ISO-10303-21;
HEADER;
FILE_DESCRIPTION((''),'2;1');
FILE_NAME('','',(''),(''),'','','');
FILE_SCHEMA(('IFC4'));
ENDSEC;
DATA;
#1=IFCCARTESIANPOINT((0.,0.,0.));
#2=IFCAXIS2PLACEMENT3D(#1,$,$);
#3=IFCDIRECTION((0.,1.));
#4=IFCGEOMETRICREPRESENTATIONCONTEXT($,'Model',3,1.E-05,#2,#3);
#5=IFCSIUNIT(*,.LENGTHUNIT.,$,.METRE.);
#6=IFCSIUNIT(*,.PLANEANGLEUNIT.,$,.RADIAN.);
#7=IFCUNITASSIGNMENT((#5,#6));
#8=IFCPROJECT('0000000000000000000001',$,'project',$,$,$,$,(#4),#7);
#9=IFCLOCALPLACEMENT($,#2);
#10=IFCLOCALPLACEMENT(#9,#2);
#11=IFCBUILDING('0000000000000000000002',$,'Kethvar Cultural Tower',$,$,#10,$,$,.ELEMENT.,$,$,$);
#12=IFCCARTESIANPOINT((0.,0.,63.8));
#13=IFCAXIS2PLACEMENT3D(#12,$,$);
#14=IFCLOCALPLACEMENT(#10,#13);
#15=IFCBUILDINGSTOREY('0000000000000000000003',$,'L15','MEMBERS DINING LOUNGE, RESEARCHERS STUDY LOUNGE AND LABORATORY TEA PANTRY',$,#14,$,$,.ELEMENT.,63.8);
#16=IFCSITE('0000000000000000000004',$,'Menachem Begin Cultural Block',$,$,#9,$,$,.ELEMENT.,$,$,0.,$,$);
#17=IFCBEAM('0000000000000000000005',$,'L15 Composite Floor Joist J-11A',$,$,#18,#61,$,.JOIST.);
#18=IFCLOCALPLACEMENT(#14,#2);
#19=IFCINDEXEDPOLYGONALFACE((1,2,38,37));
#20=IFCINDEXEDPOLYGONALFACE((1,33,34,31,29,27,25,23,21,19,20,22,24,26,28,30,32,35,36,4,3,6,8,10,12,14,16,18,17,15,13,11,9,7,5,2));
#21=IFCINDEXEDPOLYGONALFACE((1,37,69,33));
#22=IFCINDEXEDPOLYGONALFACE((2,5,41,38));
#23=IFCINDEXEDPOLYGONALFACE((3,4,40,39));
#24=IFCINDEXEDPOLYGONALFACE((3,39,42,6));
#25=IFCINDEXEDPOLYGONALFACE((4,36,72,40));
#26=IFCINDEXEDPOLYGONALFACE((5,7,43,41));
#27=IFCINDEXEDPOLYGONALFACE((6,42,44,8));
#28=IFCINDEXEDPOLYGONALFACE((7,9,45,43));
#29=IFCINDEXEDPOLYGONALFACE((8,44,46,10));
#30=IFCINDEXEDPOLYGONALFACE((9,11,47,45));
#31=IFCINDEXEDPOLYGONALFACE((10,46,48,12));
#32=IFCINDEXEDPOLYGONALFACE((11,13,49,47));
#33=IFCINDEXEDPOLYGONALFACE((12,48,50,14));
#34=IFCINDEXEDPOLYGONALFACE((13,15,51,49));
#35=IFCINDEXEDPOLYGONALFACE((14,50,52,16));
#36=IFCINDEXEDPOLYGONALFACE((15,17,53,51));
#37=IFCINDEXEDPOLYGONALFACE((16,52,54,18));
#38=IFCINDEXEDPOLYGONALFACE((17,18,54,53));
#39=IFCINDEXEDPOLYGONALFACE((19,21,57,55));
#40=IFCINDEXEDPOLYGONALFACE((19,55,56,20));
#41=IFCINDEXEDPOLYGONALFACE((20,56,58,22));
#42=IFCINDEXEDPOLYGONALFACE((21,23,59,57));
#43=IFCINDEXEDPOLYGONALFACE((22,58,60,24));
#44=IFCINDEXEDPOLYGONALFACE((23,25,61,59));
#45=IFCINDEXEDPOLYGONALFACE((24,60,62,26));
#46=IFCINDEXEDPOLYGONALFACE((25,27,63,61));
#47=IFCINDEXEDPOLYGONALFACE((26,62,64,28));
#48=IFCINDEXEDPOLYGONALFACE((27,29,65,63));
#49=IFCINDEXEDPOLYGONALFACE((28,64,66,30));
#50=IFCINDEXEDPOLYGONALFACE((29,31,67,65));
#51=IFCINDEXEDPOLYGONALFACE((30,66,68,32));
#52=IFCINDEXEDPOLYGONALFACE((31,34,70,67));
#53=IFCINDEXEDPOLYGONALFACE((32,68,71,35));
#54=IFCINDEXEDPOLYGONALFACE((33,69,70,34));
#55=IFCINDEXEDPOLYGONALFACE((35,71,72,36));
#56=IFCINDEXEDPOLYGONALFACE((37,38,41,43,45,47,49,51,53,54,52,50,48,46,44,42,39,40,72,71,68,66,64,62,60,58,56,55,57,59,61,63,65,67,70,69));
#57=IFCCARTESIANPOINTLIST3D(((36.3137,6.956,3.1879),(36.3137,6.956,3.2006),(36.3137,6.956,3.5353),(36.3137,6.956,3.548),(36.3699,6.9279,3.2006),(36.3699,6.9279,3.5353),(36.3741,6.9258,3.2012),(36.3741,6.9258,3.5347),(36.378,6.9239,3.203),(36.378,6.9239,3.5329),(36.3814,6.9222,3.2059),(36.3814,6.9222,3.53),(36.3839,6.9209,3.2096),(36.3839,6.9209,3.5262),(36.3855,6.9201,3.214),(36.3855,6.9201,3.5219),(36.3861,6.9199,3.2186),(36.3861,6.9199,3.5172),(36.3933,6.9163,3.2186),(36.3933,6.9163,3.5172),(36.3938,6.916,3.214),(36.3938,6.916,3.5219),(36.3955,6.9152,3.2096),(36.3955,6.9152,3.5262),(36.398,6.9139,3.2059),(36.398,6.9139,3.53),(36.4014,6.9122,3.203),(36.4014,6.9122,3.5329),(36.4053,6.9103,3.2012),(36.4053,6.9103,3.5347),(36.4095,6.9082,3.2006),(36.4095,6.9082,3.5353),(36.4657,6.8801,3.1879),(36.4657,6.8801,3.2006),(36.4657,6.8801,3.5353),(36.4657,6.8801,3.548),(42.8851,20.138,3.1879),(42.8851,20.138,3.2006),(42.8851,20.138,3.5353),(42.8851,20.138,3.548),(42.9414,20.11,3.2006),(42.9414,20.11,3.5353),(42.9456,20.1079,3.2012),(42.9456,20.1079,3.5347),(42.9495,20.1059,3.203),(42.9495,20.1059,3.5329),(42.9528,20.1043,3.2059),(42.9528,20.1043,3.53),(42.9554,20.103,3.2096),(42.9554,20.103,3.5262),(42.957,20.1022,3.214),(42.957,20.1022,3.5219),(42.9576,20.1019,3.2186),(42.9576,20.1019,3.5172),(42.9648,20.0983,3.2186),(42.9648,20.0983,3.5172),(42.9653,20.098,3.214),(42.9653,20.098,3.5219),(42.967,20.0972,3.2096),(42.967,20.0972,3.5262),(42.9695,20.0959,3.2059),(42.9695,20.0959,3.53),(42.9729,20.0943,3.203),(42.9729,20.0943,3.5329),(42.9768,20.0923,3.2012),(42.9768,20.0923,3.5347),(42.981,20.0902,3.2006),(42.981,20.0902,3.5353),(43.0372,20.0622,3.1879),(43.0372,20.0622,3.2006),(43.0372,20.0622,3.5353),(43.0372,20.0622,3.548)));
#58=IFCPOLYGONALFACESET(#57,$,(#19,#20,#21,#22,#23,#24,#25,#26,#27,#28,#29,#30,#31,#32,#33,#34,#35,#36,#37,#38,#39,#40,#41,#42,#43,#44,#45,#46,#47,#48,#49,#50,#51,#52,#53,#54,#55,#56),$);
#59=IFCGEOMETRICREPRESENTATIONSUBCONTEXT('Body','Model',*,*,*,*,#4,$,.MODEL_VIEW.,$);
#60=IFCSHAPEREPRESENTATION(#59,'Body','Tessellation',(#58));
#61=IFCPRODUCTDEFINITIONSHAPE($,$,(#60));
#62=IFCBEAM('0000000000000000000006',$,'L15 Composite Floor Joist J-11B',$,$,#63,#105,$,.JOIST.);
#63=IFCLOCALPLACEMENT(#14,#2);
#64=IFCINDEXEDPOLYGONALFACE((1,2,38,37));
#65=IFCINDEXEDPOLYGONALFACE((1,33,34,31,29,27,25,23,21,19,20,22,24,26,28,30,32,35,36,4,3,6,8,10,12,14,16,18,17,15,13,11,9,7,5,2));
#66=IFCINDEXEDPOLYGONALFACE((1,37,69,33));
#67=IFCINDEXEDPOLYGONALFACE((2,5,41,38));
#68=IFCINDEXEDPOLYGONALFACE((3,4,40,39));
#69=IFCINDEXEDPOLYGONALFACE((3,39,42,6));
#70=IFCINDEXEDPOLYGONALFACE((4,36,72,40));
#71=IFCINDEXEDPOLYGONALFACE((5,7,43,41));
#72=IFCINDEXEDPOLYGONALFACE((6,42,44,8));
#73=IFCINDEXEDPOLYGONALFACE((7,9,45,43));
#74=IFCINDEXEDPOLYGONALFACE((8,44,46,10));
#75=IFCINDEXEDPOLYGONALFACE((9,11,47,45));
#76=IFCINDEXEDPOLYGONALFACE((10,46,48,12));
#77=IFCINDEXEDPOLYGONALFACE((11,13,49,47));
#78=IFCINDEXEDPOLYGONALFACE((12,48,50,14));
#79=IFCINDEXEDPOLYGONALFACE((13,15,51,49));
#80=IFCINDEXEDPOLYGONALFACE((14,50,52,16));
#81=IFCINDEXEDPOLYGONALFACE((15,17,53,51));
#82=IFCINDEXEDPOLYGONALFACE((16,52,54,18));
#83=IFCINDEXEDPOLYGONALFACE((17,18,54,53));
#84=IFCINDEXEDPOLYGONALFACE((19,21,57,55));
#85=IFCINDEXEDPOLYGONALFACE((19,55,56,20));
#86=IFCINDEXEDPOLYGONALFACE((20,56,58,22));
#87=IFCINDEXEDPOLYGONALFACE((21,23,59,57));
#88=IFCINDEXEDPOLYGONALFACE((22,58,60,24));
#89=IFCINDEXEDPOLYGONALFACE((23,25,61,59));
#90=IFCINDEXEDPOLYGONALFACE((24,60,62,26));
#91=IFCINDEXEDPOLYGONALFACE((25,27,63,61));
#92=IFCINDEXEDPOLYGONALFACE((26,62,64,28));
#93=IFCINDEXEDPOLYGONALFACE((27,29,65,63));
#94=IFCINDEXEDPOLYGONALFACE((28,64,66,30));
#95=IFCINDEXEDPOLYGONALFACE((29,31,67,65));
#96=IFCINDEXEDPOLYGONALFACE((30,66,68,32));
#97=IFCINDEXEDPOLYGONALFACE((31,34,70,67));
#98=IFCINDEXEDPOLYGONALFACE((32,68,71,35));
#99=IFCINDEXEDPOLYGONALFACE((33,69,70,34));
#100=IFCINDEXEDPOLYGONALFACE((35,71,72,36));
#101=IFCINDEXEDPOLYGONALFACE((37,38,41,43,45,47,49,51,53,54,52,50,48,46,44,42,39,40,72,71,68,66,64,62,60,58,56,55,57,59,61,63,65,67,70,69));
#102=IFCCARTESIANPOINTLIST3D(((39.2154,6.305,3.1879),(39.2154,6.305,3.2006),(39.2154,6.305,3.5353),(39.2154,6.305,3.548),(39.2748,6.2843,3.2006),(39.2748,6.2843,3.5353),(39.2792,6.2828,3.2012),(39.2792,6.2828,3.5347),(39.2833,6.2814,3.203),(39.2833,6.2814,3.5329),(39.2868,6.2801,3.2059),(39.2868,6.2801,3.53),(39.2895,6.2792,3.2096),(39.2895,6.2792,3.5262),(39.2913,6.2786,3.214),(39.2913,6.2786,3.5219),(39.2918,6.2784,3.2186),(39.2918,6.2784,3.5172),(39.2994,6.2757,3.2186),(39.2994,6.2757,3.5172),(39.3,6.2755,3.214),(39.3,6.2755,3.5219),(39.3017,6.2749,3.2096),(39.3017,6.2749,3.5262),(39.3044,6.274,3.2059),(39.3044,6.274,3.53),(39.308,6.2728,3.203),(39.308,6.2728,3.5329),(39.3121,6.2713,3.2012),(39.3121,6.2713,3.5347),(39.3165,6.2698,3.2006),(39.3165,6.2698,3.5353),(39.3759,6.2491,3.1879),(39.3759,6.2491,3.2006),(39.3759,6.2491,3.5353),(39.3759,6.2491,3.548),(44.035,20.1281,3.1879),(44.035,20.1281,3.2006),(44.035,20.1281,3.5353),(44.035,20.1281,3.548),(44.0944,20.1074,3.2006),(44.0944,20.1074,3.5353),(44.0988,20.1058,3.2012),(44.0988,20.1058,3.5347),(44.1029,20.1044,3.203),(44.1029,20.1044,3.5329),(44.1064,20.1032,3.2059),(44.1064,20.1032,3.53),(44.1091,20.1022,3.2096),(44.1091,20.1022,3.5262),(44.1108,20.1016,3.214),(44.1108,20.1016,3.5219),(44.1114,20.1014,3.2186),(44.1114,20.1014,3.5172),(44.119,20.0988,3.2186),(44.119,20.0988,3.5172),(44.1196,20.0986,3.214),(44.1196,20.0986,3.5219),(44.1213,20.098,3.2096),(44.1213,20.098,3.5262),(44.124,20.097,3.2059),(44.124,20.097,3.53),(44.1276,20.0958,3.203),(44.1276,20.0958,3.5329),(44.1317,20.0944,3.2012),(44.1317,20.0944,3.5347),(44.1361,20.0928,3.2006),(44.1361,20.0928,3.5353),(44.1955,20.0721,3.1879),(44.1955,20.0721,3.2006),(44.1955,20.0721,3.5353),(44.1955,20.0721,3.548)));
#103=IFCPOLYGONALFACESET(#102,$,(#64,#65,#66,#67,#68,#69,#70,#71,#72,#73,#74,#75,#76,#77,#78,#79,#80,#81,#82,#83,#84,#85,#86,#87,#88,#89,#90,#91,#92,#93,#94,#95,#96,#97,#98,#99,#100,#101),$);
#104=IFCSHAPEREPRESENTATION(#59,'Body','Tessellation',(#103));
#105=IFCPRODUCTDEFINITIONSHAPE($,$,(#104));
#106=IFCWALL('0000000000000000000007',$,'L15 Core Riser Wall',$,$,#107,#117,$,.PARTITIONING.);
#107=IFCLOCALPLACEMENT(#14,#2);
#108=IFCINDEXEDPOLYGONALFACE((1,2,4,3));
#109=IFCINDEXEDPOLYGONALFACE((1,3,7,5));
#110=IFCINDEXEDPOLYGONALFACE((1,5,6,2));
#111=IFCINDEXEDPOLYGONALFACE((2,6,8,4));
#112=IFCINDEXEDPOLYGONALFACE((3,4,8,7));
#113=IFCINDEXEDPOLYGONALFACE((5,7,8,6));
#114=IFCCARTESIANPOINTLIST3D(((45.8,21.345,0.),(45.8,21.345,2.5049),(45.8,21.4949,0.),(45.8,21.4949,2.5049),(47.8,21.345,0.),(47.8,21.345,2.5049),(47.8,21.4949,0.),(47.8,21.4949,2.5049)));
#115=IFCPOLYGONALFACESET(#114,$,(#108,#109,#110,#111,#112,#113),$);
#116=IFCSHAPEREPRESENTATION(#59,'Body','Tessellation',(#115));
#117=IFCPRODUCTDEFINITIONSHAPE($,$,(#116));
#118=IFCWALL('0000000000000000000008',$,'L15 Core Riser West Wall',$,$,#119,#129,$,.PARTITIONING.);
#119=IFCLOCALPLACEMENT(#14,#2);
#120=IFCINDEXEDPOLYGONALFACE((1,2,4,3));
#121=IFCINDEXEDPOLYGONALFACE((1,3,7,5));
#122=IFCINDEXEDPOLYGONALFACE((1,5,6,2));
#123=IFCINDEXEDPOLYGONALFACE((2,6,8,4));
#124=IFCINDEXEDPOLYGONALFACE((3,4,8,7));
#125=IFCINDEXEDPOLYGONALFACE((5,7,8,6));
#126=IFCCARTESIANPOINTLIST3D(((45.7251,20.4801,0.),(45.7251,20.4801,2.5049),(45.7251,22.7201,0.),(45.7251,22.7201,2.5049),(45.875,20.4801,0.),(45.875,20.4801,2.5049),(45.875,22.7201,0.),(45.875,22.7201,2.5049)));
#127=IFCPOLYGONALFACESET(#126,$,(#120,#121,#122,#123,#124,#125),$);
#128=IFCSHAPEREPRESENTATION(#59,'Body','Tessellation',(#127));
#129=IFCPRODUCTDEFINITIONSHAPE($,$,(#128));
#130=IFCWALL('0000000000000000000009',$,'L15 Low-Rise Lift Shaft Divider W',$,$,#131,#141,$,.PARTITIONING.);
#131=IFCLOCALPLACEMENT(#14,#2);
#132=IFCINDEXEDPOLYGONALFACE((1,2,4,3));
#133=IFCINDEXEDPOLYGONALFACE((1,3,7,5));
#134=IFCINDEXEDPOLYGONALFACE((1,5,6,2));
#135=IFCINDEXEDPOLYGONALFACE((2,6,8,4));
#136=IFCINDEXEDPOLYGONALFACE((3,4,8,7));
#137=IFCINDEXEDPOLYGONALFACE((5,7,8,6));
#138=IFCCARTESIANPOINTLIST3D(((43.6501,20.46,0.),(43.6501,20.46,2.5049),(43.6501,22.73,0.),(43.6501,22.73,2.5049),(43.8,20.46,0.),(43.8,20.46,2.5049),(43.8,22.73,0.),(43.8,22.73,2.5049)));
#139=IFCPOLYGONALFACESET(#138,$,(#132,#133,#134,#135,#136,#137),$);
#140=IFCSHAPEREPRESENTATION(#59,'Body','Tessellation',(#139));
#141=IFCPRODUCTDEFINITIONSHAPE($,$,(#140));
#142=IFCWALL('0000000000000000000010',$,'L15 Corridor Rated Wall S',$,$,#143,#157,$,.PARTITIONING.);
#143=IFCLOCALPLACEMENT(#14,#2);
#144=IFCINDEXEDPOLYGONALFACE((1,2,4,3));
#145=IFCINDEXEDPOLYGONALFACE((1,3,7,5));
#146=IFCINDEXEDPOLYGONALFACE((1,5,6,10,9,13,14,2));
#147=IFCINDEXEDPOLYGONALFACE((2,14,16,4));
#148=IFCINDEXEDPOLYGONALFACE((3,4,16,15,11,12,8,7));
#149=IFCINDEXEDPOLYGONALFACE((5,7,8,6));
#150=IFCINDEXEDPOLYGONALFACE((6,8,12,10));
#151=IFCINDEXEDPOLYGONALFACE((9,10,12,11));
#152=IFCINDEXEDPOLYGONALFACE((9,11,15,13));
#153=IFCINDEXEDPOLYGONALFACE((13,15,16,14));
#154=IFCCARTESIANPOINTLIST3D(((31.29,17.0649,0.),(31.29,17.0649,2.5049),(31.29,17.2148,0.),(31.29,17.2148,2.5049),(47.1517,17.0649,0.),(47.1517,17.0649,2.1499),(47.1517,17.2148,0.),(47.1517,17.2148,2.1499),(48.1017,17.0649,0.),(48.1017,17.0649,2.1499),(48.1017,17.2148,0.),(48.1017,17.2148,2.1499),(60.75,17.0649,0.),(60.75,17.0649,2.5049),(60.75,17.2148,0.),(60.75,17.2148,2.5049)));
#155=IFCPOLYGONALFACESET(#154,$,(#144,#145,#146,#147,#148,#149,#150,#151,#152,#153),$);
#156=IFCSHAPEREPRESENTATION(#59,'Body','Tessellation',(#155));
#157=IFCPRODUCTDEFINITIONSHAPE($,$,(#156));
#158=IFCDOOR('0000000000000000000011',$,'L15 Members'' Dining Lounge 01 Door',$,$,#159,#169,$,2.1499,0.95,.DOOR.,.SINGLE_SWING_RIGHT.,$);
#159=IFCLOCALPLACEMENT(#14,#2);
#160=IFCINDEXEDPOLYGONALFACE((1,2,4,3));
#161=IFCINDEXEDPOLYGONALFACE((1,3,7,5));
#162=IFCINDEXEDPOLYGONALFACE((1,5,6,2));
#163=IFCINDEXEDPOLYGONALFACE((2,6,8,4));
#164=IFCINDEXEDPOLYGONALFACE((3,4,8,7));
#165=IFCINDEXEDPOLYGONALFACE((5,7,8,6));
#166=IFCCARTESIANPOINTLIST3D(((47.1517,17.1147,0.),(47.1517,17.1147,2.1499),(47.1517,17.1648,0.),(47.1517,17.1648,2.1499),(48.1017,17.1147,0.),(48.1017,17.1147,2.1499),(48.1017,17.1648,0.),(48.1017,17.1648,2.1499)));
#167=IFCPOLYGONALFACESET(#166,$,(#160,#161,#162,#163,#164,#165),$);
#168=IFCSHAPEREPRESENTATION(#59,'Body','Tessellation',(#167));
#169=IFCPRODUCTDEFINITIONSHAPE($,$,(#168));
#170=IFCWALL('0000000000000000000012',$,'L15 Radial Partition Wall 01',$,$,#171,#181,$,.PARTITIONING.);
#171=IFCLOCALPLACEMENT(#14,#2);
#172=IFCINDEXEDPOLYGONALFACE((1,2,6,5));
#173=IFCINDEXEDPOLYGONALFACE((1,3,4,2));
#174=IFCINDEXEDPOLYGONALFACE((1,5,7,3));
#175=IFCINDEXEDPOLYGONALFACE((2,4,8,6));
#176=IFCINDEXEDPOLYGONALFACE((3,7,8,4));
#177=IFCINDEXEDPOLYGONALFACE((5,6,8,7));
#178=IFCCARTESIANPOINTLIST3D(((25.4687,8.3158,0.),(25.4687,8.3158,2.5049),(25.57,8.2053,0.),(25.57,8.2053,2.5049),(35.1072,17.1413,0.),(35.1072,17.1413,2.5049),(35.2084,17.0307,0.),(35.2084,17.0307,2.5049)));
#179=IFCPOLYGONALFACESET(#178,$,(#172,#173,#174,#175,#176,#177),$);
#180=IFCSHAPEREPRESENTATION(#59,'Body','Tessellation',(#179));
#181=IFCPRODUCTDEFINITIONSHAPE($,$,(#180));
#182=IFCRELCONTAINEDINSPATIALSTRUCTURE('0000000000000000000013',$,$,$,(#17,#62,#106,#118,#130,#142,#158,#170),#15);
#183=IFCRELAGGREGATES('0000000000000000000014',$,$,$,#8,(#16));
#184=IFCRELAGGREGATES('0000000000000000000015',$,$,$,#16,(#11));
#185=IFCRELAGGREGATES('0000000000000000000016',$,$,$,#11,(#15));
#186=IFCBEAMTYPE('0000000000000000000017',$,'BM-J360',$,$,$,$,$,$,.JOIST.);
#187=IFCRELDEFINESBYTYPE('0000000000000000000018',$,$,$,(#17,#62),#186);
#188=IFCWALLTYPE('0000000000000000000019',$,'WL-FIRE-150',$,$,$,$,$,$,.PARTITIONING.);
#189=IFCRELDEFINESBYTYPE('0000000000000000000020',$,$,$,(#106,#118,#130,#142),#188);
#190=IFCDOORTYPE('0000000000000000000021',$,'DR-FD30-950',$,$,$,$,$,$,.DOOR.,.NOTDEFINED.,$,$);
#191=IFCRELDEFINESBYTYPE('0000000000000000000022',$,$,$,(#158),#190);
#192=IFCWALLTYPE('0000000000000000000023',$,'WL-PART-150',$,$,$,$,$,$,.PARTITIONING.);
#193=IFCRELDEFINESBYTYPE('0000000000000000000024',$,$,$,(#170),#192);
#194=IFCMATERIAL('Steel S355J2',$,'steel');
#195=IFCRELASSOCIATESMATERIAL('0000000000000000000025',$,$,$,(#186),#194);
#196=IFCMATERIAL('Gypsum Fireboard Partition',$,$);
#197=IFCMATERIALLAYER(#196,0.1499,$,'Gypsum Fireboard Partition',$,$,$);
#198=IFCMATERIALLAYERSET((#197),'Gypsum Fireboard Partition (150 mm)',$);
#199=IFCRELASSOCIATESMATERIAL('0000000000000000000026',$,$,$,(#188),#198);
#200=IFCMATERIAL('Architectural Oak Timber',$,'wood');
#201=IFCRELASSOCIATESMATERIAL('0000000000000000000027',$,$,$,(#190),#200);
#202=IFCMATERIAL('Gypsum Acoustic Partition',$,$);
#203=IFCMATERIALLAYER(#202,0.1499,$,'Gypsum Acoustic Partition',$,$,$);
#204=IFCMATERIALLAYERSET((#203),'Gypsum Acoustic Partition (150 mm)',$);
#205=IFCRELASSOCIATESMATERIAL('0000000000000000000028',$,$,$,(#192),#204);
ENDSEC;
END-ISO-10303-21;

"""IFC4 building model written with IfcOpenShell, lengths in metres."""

from ifc_helpers import new_model, si_unit, direction, frame, frame_2d, origin, origin_2d, place, context, subcontext, project, spatial, rectangle, i_section, extrude, source, transform, mapped, material, layer, layer_set, material_profile, profile_set, type_object, element, fill, save


model = new_model("IFC4")

# Units and contexts
model_context = context("Model", 3, precision=1e-05, world=origin(), true_north=direction((0.0, 1.0)))
body_context = subcontext(model_context, "Body", "Model", "MODEL_VIEW")
ifc_project = project(units=[si_unit("LENGTHUNIT", "METRE"), si_unit("PLANEANGLEUNIT", "RADIAN")], contexts=[model_context])

# Site, building, storey
site_placement = place(None, origin())
site = spatial("IfcSite", under=ifc_project, at=site_placement, Name="Menachem Begin Cultural Block", CompositionType="ELEMENT", RefElevation=0.0)
building_placement = place(site_placement, origin())
building = spatial("IfcBuilding", under=site, at=building_placement, Name="Kethvar Cultural Tower", CompositionType="ELEMENT")
storey_placement = place(building_placement, frame((0.0, 0.0, 63.8)))
storey = spatial("IfcBuildingStorey", under=building, at=storey_placement, Name="L15", Description="MEMBERS DINING LOUNGE, RESEARCHERS STUDY LOUNGE AND LABORATORY TEA PANTRY", CompositionType="ELEMENT", Elevation=63.8)

# Beams
ifc_material_1 = material(Name="Steel S355J2", Category="steel")
ifc_material_profile_1 = material_profile(ifc_material_1, i_section(OverallWidth=0.1699, OverallDepth=0.3601, WebThickness=0.0081, FlangeThickness=0.0127, FilletRadius=0.0181, at=origin_2d()), Name="Steel S355J2 — IPE360")
ifc_profile_set_1 = profile_set([ifc_material_profile_1], Name="Steel S355J2 — IPE360")
beam_type_1 = type_object("IfcBeamType", Name="BM-J360", PredefinedType="JOIST", material=ifc_profile_set_1)
shared_shape_1 = source(origin(), body_context, "Body", "SweptSolid", [
    extrude(i_section(OverallWidth=0.1699, OverallDepth=0.3601, WebThickness=0.0081, FlangeThickness=0.0127, FilletRadius=0.0181, at=origin_2d()), origin(), (0.0, 0.0, 1.0), 14.7292),
])
beam_1_placement = place(storey_placement, frame((42.9612, 20.1001, 3.3679), z_axis=(-0.446152, -0.894957, 0.0), x_axis=(0.894957, -0.446152, 0.0)))
element("IfcBeam", 1, at=beam_1_placement, inside=storey, type_object=beam_type_1, Name="L15 Composite Floor Joist J-11A", PredefinedType="JOIST", context=body_context, shape_type="MappedRepresentation", body=[
    mapped(shared_shape_1, transform((0.0, 0.0, 0.0), scale=1.0)),
])
shared_shape_2 = source(origin(), body_context, "Body", "SweptSolid", [
    extrude(i_section(OverallWidth=0.1699, OverallDepth=0.3601, WebThickness=0.0081, FlangeThickness=0.0127, FilletRadius=0.0181, at=origin_2d()), origin(), (0.0, 0.0, 1.0), 14.6392),
])
beam_2_placement = place(storey_placement, frame((44.1152, 20.1001, 3.3679), z_axis=(-0.329226, -0.944251, 0.0), x_axis=(0.944251, -0.329226, 0.0)))
element("IfcBeam", 2, at=beam_2_placement, inside=storey, type_object=beam_type_1, Name="L15 Composite Floor Joist J-11B", PredefinedType="JOIST", context=body_context, shape_type="MappedRepresentation", body=[
    mapped(shared_shape_2, transform((0.0, 0.0, 0.0), scale=1.0)),
])

# Walls
ifc_material_2 = material(Name="Gypsum Fireboard Partition")
ifc_layer_1 = layer(ifc_material_2, 0.1499, Name="Gypsum Fireboard Partition")
ifc_layer_set_1 = layer_set([ifc_layer_1], Name="Gypsum Fireboard Partition (150 mm)")
wall_type_1 = type_object("IfcWallType", Name="WL-FIRE-150", PredefinedType="PARTITIONING", material=ifc_layer_set_1)
wall_1_placement = place(storey_placement, frame((45.8, 21.4199, 0.0), z_axis=(0.0, 0.0, 1.0), x_axis=(1.0, 0.0, 0.0)))
element("IfcWall", 3, at=wall_1_placement, inside=storey, type_object=wall_type_1, Name="L15 Core Riser Wall", PredefinedType="PARTITIONING", context=body_context, shape_type="SweptSolid", body=[
    extrude(rectangle(XDim=2.0, YDim=0.1499, at=frame_2d((1.0, 0.0))), origin(), (0.0, 0.0, 1.0), 2.5049),
])
wall_2_placement = place(storey_placement, frame((45.8, 20.48, 0.0), z_axis=(0.0, 0.0, 1.0), x_axis=(0.0, 1.0, 0.0)))
element("IfcWall", 4, at=wall_2_placement, inside=storey, type_object=wall_type_1, Name="L15 Core Riser West Wall", PredefinedType="PARTITIONING", context=body_context, shape_type="SweptSolid", body=[
    extrude(rectangle(XDim=2.24, YDim=0.1499, at=frame_2d((1.1201, 0.0))), origin(), (0.0, 0.0, 1.0), 2.5049),
])
wall_3_placement = place(storey_placement, frame((43.7251, 20.46, 0.0), z_axis=(0.0, 0.0, 1.0), x_axis=(0.0, 1.0, 0.0)))
element("IfcWall", 5, at=wall_3_placement, inside=storey, type_object=wall_type_1, Name="L15 Low-Rise Lift Shaft Divider W", PredefinedType="PARTITIONING", context=body_context, shape_type="SweptSolid", body=[
    extrude(rectangle(XDim=2.27, YDim=0.1499, at=frame_2d((1.135, 0.0))), origin(), (0.0, 0.0, 1.0), 2.5049),
])

# Wall, opening, door
wall_4_placement = place(storey_placement, frame((31.29, 17.1399, 0.0), z_axis=(0.0, 0.0, 1.0), x_axis=(1.0, 0.0, 0.0)))
wall_4 = element("IfcWall", 6, at=wall_4_placement, inside=storey, type_object=wall_type_1, Name="L15 Corridor Rated Wall S", PredefinedType="PARTITIONING", context=body_context, shape_type="SweptSolid", body=[
    extrude(rectangle(XDim=29.46, YDim=0.1499, at=frame_2d((14.73, 0.0))), origin(), (0.0, 0.0, 1.0), 2.5049),
])
opening_1_placement = place(wall_4_placement, frame((15.8616, 0.0, 0.0)))
opening_1 = element("IfcOpeningElement", 7, at=opening_1_placement, cuts=wall_4, PredefinedType="OPENING", context=body_context, shape_type="SweptSolid", body=[
    extrude(rectangle(XDim=0.95, YDim=2.1499, at=frame_2d((0.4751, 1.075))), frame((0.0, 0.085, 0.0), z_axis=(0.0, -1.0, 0.0), x_axis=(1.0, 0.0, 0.0)), (0.0, 0.0, 1.0), 0.1699),
])
ifc_material_3 = material(Name="Architectural Oak Timber", Category="wood")
door_type_1 = type_object("IfcDoorType", Name="DR-FD30-950", OperationType="NOTDEFINED", PredefinedType="DOOR", material=ifc_material_3)
shared_shape_3 = source(origin(), body_context, "Body", "SweptSolid", [
    extrude(rectangle(XDim=0.95, YDim=2.1499, at=frame_2d((0.4751, 1.075))), frame((0.0, 0.0249, 0.0), z_axis=(0.0, -1.0, 0.0), x_axis=(1.0, 0.0, 0.0)), (0.0, 0.0, 1.0), 0.05),
])
door_1_placement = place(opening_1_placement, origin())
door_1 = element("IfcDoor", 8, at=door_1_placement, inside=storey, type_object=door_type_1, Name="L15 Members' Dining Lounge 01 Door", OperationType="SINGLE_SWING_RIGHT", OverallHeight=2.1499, OverallWidth=0.95, PredefinedType="DOOR", context=body_context, shape_type="MappedRepresentation", body=[
    mapped(shared_shape_3, transform((0.0, 0.0, 0.0), scale=1.0)),
])
fill(opening_1, door_1)

# Wall
ifc_material_4 = material(Name="Gypsum Acoustic Partition")
ifc_layer_2 = layer(ifc_material_4, 0.1499, Name="Gypsum Acoustic Partition")
ifc_layer_set_2 = layer_set([ifc_layer_2], Name="Gypsum Acoustic Partition (150 mm)")
wall_type_2 = type_object("IfcWallType", Name="WL-PART-150", PredefinedType="PARTITIONING", material=ifc_layer_set_2)
wall_5_placement = place(storey_placement, frame((35.1577, 17.0859, 0.0), z_axis=(0.0, 0.0, 1.0), x_axis=(-0.737527, -0.675318, 0.0)))
element("IfcWall", 9, at=wall_5_placement, inside=storey, type_object=wall_type_2, Name="L15 Radial Partition Wall 01", PredefinedType="PARTITIONING", context=body_context, shape_type="SweptSolid", body=[
    extrude(rectangle(XDim=13.0686, YDim=0.1499, at=frame_2d((6.5342, 0.0))), origin(), (0.0, 0.0, 1.0), 2.5049),
])

save(model, "model.ifc")
